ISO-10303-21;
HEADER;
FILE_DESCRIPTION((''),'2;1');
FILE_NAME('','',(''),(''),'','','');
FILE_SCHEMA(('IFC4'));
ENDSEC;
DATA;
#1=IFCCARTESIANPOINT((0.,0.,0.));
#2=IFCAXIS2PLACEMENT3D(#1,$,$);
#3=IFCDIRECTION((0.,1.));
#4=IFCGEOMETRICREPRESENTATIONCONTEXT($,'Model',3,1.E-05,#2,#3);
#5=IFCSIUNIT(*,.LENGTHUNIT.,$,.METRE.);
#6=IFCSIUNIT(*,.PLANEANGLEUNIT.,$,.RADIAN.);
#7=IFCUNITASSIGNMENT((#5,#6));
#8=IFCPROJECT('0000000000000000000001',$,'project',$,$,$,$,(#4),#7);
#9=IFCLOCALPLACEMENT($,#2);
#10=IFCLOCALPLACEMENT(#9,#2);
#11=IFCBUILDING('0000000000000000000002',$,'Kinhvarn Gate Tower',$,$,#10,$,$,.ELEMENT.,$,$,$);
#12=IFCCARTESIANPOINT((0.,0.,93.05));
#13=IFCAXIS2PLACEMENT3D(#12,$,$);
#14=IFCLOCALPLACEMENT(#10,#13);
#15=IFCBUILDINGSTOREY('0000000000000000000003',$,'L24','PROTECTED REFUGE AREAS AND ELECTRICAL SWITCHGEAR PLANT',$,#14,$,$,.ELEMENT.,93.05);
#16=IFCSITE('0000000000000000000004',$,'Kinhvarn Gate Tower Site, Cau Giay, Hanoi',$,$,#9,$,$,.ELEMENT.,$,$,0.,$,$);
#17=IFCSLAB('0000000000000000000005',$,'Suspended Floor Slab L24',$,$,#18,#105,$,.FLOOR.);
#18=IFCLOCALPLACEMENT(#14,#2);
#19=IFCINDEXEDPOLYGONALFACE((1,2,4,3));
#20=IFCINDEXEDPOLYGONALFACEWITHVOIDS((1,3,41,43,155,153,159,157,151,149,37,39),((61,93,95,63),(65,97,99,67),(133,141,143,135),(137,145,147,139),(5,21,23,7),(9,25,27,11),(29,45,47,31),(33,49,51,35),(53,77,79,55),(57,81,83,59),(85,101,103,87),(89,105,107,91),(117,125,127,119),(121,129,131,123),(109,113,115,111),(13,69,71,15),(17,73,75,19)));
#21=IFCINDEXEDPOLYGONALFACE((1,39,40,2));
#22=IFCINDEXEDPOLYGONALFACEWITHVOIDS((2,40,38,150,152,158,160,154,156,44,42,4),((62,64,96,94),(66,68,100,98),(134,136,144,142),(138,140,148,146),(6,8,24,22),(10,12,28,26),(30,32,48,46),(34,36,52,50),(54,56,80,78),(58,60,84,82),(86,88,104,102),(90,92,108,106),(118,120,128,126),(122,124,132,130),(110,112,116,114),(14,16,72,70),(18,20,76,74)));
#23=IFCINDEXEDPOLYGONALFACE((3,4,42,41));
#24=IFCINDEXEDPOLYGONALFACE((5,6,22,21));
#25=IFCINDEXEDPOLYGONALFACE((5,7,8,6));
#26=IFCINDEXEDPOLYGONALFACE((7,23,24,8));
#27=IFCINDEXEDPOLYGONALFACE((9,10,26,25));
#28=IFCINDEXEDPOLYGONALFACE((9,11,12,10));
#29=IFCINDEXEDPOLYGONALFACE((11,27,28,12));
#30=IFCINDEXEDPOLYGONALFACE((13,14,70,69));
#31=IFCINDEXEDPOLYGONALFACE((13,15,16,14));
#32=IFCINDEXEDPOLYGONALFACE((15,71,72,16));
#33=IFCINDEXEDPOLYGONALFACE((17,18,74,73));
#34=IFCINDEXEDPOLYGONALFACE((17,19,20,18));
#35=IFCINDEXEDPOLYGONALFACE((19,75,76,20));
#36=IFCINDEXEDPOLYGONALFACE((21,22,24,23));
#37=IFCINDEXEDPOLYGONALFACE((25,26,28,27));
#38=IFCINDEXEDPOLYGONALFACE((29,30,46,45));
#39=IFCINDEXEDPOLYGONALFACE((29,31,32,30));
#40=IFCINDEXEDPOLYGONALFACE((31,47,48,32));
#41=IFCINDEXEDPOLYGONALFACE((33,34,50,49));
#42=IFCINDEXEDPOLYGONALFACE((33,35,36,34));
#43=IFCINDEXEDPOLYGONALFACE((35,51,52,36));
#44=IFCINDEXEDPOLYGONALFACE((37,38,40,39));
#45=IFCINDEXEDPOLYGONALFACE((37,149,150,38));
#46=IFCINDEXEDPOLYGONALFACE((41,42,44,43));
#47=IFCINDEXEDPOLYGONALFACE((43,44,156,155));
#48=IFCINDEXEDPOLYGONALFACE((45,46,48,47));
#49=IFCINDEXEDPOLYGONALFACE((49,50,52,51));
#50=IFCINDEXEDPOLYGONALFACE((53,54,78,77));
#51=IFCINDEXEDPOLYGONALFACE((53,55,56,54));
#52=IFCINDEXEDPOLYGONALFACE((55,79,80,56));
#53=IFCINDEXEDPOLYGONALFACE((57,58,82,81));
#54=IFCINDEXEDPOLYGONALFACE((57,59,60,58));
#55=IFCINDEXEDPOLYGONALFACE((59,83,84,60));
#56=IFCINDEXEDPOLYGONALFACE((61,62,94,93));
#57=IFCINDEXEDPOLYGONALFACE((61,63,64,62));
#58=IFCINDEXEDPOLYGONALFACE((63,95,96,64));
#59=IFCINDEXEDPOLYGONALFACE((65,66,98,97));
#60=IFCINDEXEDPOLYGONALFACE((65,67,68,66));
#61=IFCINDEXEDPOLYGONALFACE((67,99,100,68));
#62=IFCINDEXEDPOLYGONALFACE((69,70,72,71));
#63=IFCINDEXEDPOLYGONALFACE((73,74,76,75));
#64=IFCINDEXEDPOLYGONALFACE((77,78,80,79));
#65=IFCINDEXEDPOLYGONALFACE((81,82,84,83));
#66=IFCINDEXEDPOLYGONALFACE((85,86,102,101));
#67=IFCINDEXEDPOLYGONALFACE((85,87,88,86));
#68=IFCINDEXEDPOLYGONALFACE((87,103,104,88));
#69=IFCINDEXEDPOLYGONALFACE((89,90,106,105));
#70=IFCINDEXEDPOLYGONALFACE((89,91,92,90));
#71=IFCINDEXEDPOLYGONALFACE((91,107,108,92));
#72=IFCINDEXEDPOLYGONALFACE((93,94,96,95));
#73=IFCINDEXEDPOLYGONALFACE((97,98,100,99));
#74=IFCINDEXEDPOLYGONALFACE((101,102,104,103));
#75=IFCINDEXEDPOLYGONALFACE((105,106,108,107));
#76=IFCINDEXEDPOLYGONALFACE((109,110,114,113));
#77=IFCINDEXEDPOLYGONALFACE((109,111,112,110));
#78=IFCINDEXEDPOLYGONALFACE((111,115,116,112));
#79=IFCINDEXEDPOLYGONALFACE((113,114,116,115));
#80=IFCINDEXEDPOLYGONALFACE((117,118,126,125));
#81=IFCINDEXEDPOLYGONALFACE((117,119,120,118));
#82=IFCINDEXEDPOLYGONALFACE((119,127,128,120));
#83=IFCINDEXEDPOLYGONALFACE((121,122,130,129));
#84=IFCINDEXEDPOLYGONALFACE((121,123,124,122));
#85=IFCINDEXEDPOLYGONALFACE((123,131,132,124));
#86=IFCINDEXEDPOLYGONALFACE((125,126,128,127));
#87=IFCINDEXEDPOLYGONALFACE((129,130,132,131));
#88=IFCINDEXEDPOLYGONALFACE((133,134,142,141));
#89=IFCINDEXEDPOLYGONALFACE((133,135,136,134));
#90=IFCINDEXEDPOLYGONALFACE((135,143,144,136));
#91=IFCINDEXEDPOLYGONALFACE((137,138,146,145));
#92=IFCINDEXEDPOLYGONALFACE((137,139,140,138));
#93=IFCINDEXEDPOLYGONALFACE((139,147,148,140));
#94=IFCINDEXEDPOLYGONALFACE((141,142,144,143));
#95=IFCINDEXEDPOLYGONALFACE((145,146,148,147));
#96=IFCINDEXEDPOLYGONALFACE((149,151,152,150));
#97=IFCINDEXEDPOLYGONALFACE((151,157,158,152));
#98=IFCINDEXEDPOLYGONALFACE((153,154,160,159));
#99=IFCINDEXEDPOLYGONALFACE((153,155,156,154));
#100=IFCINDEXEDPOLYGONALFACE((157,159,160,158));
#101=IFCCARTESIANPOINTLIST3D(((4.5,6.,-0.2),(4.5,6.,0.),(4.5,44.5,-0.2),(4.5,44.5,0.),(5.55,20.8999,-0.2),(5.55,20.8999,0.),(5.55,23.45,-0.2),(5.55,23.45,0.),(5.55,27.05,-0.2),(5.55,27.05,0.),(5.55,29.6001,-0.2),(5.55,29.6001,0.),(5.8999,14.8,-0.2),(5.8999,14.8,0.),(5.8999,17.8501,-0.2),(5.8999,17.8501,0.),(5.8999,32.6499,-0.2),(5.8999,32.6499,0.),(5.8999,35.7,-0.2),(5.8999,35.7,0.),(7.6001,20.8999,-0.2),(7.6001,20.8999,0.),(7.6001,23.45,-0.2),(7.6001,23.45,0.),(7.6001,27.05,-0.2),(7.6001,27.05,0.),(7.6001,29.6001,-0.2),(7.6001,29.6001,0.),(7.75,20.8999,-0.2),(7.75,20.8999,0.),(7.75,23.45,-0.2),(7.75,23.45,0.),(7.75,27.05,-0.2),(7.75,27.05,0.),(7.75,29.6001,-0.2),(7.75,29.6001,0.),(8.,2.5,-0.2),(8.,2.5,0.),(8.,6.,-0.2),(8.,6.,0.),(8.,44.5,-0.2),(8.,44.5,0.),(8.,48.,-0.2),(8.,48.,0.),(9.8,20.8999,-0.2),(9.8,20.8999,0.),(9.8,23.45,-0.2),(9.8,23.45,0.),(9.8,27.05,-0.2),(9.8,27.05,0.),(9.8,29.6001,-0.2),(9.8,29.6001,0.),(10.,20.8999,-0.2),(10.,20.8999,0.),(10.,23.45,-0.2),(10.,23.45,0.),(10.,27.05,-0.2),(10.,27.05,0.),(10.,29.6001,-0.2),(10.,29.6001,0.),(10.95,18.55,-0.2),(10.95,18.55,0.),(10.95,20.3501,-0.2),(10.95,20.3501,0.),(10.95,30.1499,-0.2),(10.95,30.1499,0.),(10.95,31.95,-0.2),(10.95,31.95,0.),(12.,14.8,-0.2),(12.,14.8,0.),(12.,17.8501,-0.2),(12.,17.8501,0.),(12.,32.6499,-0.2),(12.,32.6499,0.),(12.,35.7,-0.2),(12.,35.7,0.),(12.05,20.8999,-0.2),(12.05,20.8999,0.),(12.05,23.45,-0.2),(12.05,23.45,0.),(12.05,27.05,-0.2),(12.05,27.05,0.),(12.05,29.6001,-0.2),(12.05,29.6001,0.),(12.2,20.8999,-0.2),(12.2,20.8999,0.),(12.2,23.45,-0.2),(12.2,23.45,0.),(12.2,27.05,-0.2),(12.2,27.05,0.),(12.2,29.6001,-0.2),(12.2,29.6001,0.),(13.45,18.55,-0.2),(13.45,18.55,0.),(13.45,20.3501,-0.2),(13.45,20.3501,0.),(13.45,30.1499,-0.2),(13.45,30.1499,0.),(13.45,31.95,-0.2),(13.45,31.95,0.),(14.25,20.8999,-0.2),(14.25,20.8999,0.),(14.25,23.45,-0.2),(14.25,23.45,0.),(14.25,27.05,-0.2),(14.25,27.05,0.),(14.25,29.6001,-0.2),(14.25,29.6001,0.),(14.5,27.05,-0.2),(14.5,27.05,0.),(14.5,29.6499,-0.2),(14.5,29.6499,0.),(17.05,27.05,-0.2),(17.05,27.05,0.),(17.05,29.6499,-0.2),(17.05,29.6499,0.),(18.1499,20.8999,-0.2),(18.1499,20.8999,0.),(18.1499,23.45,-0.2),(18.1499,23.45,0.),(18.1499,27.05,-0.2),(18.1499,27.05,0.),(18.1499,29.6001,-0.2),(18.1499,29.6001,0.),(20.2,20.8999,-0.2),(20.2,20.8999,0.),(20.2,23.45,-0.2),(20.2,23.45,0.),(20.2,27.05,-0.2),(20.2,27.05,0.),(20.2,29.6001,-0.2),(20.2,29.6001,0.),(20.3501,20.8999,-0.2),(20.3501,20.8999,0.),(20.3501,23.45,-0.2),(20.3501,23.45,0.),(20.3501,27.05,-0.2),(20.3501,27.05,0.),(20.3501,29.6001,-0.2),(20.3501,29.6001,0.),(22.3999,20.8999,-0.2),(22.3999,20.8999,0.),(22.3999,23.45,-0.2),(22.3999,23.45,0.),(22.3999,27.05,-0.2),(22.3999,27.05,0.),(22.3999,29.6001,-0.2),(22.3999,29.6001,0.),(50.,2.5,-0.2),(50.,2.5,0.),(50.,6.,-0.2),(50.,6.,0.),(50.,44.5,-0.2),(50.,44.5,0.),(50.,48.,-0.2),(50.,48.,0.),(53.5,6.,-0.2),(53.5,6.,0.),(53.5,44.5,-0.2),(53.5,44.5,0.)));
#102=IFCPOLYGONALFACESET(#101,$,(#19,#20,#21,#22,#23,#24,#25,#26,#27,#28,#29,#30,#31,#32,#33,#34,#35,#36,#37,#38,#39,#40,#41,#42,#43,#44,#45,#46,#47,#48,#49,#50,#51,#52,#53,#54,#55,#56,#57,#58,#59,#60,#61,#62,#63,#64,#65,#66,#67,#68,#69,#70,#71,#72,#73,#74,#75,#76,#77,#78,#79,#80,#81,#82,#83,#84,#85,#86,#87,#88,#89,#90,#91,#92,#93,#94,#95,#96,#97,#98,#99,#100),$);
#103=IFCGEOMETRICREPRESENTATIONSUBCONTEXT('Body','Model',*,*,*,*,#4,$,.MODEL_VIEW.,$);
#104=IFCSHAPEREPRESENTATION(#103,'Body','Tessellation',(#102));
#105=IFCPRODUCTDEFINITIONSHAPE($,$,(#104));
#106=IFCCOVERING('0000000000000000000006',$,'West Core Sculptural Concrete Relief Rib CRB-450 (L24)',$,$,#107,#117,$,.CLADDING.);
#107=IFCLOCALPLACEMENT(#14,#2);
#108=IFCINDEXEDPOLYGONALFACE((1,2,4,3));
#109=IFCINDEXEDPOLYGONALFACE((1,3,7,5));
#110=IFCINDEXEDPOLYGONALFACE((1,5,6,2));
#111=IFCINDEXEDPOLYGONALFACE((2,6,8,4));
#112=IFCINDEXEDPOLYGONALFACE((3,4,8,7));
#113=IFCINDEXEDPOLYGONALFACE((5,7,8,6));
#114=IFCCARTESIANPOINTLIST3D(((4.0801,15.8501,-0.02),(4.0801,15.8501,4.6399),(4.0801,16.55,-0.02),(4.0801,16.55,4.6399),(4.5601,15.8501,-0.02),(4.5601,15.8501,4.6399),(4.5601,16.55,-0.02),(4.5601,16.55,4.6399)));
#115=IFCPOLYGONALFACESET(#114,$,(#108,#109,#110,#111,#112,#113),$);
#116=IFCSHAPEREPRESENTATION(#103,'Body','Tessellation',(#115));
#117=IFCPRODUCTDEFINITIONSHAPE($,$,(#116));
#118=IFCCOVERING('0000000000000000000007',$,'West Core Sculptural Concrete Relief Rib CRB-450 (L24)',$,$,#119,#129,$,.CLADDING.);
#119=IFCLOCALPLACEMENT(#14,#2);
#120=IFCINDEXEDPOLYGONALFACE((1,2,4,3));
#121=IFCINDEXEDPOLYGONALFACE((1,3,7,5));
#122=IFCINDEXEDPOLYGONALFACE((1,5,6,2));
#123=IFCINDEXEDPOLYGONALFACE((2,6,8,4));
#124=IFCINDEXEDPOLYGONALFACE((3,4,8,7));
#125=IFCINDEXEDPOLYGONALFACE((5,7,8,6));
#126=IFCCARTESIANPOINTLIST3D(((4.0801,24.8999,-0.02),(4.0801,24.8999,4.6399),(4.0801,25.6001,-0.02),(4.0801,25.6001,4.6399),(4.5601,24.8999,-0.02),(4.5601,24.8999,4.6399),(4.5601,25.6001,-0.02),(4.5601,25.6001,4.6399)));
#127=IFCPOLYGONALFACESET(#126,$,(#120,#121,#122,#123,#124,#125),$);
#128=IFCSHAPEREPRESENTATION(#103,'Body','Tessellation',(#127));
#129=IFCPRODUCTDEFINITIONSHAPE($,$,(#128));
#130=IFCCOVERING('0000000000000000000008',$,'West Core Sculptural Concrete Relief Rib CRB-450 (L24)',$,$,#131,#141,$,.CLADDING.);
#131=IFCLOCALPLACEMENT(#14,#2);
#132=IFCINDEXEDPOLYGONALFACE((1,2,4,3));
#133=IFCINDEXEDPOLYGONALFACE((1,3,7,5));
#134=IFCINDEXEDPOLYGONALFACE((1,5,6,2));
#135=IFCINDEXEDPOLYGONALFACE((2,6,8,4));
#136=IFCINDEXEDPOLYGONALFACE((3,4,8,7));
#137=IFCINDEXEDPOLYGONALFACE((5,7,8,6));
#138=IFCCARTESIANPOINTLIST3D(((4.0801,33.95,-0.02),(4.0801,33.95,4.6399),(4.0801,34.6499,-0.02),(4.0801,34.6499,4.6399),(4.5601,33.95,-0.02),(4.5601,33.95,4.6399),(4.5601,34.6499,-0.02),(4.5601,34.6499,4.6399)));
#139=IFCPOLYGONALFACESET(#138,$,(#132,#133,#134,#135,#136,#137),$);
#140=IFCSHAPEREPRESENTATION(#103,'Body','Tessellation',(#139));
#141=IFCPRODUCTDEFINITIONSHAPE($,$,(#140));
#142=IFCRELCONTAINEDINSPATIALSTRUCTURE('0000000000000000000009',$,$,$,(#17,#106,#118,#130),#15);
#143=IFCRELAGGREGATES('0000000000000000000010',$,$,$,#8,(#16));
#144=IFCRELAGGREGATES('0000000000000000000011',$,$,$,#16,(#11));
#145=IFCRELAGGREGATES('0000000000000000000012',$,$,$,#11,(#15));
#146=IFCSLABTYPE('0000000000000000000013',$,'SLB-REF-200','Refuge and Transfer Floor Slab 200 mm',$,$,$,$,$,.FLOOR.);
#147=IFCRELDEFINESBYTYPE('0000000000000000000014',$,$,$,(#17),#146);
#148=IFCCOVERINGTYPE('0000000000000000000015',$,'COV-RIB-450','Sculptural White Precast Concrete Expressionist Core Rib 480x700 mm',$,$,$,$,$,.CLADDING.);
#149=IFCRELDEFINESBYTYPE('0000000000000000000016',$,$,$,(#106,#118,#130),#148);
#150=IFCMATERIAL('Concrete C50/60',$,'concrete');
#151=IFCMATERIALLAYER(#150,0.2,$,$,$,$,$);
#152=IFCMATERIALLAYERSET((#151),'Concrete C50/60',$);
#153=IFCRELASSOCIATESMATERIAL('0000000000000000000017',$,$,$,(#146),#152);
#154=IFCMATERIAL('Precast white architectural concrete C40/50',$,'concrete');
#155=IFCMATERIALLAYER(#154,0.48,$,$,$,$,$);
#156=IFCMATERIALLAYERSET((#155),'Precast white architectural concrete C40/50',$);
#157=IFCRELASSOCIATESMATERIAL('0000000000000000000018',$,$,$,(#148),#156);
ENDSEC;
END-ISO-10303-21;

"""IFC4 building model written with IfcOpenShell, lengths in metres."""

from ifc_helpers import new_model, si_unit, direction, frame, origin, place, context, subcontext, project, spatial, polyline, outline, extrude, material, layer, layer_set, type_object, element, save


model = new_model("IFC4")

# Units and contexts
model_context = context("Model", 3, precision=1e-05, world=origin(), true_north=direction((0.0, 1.0)))
body_context = subcontext(model_context, "Body", "Model", "MODEL_VIEW")
ifc_project = project(units=[si_unit("LENGTHUNIT", "METRE"), si_unit("PLANEANGLEUNIT", "RADIAN")], contexts=[model_context])

# Site, building, storey
site_placement = place(None, origin())
site = spatial("IfcSite", under=ifc_project, at=site_placement, Name="Kinhvarn Gate Tower Site, Cau Giay, Hanoi", CompositionType="ELEMENT", RefElevation=0.0)
building_placement = place(site_placement, origin())
building = spatial("IfcBuilding", under=site, at=building_placement, Name="Kinhvarn Gate Tower", CompositionType="ELEMENT")
storey_placement = place(building_placement, frame((0.0, 0.0, 93.05)))
storey = spatial("IfcBuildingStorey", under=building, at=storey_placement, Name="L24", Description="PROTECTED REFUGE AREAS AND ELECTRICAL SWITCHGEAR PLANT", CompositionType="ELEMENT", Elevation=93.05)

# Slab
ifc_material_1 = material(Name="Concrete C50/60", Category="concrete")
ifc_layer_1 = layer(ifc_material_1, 0.2)
ifc_layer_set_1 = layer_set([ifc_layer_1], Name="Concrete C50/60")
slab_type = type_object("IfcSlabType", Name="SLB-REF-200", Description="Refuge and Transfer Floor Slab 200 mm", PredefinedType="FLOOR", material=ifc_layer_set_1)
slab_placement = place(storey_placement, frame((0.0, 0.0, -0.2)))
element("IfcSlab", 1, at=slab_placement, inside=storey, type_object=slab_type, Name="Suspended Floor Slab L24", PredefinedType="FLOOR", context=body_context, shape_type="SweptSolid", body=[
    extrude(outline(polyline([(8.0, 2.5), (50.0, 2.5), (50.0, 6.0), (53.5, 6.0), (53.5, 44.5), (50.0, 44.5), (50.0, 48.0), (8.0, 48.0), (8.0, 44.5), (4.5, 44.5), (4.5, 6.0), (8.0, 6.0), (8.0, 2.5)]), holes=[polyline([(5.8999, 14.8), (12.0, 14.8), (12.0, 17.8501), (5.8999, 17.8501), (5.8999, 14.8)]), polyline([(5.8999, 32.6499), (12.0, 32.6499), (12.0, 35.7), (5.8999, 35.7), (5.8999, 32.6499)]), polyline([(18.1499, 20.8999), (20.2, 20.8999), (20.2, 23.45), (18.1499, 23.45), (18.1499, 20.8999)]), polyline([(20.3501, 20.8999), (22.3999, 20.8999), (22.3999, 23.45), (20.3501, 23.45), (20.3501, 20.8999)]), polyline([(18.1499, 27.05), (20.2, 27.05), (20.2, 29.6001), (18.1499, 29.6001), (18.1499, 27.05)]), polyline([(20.3501, 27.05), (22.3999, 27.05), (22.3999, 29.6001), (20.3501, 29.6001), (20.3501, 27.05)]), polyline([(5.55, 20.8999), (7.6001, 20.8999), (7.6001, 23.45), (5.55, 23.45), (5.55, 20.8999)]), polyline([(7.75, 20.8999), (9.8, 20.8999), (9.8, 23.45), (7.75, 23.45), (7.75, 20.8999)]), polyline([(5.55, 27.05), (7.6001, 27.05), (7.6001, 29.6001), (5.55, 29.6001), (5.55, 27.05)]), polyline([(7.75, 27.05), (9.8, 27.05), (9.8, 29.6001), (7.75, 29.6001), (7.75, 27.05)]), polyline([(10.0, 20.8999), (12.05, 20.8999), (12.05, 23.45), (10.0, 23.45), (10.0, 20.8999)]), polyline([(12.2, 20.8999), (14.25, 20.8999), (14.25, 23.45), (12.2, 23.45), (12.2, 20.8999)]), polyline([(10.0, 27.05), (12.05, 27.05), (12.05, 29.6001), (10.0, 29.6001), (10.0, 27.05)]), polyline([(12.2, 27.05), (14.25, 27.05), (14.25, 29.6001), (12.2, 29.6001), (12.2, 27.05)]), polyline([(14.5, 27.05), (17.05, 27.05), (17.05, 29.6499), (14.5, 29.6499), (14.5, 27.05)]), polyline([(10.95, 18.55), (13.45, 18.55), (13.45, 20.3501), (10.95, 20.3501), (10.95, 18.55)]), polyline([(10.95, 30.1499), (13.45, 30.1499), (13.45, 31.95), (10.95, 31.95), (10.95, 30.1499)])]), origin(), (0.0, 0.0, 1.0), 0.2),
])

# Coverings
ifc_material_2 = material(Name="Precast white architectural concrete C40/50", Category="concrete")
ifc_layer_2 = layer(ifc_material_2, 0.48)
ifc_layer_set_2 = layer_set([ifc_layer_2], Name="Precast white architectural concrete C40/50")
covering_type = type_object("IfcCoveringType", Name="COV-RIB-450", Description="Sculptural White Precast Concrete Expressionist Core Rib 480x700 mm", PredefinedType="CLADDING", material=ifc_layer_set_2)
covering_1_placement = place(storey_placement, frame((0.0, 0.0, -0.02)))
element("IfcCovering", 2, at=covering_1_placement, inside=storey, type_object=covering_type, Name="West Core Sculptural Concrete Relief Rib CRB-450 (L24)", PredefinedType="CLADDING", context=body_context, shape_type="SweptSolid", body=[
    extrude(outline(polyline([(4.0801, 15.8501), (4.5601, 15.8501), (4.5601, 16.55), (4.0801, 16.55), (4.0801, 15.8501)])), origin(), (0.0, 0.0, 1.0), 4.6599),
])
covering_2_placement = place(storey_placement, frame((0.0, 0.0, -0.02)))
element("IfcCovering", 3, at=covering_2_placement, inside=storey, type_object=covering_type, Name="West Core Sculptural Concrete Relief Rib CRB-450 (L24)", PredefinedType="CLADDING", context=body_context, shape_type="SweptSolid", body=[
    extrude(outline(polyline([(4.0801, 24.8999), (4.5601, 24.8999), (4.5601, 25.6001), (4.0801, 25.6001), (4.0801, 24.8999)])), origin(), (0.0, 0.0, 1.0), 4.6599),
])
covering_3_placement = place(storey_placement, frame((0.0, 0.0, -0.02)))
element("IfcCovering", 4, at=covering_3_placement, inside=storey, type_object=covering_type, Name="West Core Sculptural Concrete Relief Rib CRB-450 (L24)", PredefinedType="CLADDING", context=body_context, shape_type="SweptSolid", body=[
    extrude(outline(polyline([(4.0801, 33.95), (4.5601, 33.95), (4.5601, 34.6499), (4.0801, 34.6499), (4.0801, 33.95)])), origin(), (0.0, 0.0, 1.0), 4.6599),
])

save(model, "model.ifc")
